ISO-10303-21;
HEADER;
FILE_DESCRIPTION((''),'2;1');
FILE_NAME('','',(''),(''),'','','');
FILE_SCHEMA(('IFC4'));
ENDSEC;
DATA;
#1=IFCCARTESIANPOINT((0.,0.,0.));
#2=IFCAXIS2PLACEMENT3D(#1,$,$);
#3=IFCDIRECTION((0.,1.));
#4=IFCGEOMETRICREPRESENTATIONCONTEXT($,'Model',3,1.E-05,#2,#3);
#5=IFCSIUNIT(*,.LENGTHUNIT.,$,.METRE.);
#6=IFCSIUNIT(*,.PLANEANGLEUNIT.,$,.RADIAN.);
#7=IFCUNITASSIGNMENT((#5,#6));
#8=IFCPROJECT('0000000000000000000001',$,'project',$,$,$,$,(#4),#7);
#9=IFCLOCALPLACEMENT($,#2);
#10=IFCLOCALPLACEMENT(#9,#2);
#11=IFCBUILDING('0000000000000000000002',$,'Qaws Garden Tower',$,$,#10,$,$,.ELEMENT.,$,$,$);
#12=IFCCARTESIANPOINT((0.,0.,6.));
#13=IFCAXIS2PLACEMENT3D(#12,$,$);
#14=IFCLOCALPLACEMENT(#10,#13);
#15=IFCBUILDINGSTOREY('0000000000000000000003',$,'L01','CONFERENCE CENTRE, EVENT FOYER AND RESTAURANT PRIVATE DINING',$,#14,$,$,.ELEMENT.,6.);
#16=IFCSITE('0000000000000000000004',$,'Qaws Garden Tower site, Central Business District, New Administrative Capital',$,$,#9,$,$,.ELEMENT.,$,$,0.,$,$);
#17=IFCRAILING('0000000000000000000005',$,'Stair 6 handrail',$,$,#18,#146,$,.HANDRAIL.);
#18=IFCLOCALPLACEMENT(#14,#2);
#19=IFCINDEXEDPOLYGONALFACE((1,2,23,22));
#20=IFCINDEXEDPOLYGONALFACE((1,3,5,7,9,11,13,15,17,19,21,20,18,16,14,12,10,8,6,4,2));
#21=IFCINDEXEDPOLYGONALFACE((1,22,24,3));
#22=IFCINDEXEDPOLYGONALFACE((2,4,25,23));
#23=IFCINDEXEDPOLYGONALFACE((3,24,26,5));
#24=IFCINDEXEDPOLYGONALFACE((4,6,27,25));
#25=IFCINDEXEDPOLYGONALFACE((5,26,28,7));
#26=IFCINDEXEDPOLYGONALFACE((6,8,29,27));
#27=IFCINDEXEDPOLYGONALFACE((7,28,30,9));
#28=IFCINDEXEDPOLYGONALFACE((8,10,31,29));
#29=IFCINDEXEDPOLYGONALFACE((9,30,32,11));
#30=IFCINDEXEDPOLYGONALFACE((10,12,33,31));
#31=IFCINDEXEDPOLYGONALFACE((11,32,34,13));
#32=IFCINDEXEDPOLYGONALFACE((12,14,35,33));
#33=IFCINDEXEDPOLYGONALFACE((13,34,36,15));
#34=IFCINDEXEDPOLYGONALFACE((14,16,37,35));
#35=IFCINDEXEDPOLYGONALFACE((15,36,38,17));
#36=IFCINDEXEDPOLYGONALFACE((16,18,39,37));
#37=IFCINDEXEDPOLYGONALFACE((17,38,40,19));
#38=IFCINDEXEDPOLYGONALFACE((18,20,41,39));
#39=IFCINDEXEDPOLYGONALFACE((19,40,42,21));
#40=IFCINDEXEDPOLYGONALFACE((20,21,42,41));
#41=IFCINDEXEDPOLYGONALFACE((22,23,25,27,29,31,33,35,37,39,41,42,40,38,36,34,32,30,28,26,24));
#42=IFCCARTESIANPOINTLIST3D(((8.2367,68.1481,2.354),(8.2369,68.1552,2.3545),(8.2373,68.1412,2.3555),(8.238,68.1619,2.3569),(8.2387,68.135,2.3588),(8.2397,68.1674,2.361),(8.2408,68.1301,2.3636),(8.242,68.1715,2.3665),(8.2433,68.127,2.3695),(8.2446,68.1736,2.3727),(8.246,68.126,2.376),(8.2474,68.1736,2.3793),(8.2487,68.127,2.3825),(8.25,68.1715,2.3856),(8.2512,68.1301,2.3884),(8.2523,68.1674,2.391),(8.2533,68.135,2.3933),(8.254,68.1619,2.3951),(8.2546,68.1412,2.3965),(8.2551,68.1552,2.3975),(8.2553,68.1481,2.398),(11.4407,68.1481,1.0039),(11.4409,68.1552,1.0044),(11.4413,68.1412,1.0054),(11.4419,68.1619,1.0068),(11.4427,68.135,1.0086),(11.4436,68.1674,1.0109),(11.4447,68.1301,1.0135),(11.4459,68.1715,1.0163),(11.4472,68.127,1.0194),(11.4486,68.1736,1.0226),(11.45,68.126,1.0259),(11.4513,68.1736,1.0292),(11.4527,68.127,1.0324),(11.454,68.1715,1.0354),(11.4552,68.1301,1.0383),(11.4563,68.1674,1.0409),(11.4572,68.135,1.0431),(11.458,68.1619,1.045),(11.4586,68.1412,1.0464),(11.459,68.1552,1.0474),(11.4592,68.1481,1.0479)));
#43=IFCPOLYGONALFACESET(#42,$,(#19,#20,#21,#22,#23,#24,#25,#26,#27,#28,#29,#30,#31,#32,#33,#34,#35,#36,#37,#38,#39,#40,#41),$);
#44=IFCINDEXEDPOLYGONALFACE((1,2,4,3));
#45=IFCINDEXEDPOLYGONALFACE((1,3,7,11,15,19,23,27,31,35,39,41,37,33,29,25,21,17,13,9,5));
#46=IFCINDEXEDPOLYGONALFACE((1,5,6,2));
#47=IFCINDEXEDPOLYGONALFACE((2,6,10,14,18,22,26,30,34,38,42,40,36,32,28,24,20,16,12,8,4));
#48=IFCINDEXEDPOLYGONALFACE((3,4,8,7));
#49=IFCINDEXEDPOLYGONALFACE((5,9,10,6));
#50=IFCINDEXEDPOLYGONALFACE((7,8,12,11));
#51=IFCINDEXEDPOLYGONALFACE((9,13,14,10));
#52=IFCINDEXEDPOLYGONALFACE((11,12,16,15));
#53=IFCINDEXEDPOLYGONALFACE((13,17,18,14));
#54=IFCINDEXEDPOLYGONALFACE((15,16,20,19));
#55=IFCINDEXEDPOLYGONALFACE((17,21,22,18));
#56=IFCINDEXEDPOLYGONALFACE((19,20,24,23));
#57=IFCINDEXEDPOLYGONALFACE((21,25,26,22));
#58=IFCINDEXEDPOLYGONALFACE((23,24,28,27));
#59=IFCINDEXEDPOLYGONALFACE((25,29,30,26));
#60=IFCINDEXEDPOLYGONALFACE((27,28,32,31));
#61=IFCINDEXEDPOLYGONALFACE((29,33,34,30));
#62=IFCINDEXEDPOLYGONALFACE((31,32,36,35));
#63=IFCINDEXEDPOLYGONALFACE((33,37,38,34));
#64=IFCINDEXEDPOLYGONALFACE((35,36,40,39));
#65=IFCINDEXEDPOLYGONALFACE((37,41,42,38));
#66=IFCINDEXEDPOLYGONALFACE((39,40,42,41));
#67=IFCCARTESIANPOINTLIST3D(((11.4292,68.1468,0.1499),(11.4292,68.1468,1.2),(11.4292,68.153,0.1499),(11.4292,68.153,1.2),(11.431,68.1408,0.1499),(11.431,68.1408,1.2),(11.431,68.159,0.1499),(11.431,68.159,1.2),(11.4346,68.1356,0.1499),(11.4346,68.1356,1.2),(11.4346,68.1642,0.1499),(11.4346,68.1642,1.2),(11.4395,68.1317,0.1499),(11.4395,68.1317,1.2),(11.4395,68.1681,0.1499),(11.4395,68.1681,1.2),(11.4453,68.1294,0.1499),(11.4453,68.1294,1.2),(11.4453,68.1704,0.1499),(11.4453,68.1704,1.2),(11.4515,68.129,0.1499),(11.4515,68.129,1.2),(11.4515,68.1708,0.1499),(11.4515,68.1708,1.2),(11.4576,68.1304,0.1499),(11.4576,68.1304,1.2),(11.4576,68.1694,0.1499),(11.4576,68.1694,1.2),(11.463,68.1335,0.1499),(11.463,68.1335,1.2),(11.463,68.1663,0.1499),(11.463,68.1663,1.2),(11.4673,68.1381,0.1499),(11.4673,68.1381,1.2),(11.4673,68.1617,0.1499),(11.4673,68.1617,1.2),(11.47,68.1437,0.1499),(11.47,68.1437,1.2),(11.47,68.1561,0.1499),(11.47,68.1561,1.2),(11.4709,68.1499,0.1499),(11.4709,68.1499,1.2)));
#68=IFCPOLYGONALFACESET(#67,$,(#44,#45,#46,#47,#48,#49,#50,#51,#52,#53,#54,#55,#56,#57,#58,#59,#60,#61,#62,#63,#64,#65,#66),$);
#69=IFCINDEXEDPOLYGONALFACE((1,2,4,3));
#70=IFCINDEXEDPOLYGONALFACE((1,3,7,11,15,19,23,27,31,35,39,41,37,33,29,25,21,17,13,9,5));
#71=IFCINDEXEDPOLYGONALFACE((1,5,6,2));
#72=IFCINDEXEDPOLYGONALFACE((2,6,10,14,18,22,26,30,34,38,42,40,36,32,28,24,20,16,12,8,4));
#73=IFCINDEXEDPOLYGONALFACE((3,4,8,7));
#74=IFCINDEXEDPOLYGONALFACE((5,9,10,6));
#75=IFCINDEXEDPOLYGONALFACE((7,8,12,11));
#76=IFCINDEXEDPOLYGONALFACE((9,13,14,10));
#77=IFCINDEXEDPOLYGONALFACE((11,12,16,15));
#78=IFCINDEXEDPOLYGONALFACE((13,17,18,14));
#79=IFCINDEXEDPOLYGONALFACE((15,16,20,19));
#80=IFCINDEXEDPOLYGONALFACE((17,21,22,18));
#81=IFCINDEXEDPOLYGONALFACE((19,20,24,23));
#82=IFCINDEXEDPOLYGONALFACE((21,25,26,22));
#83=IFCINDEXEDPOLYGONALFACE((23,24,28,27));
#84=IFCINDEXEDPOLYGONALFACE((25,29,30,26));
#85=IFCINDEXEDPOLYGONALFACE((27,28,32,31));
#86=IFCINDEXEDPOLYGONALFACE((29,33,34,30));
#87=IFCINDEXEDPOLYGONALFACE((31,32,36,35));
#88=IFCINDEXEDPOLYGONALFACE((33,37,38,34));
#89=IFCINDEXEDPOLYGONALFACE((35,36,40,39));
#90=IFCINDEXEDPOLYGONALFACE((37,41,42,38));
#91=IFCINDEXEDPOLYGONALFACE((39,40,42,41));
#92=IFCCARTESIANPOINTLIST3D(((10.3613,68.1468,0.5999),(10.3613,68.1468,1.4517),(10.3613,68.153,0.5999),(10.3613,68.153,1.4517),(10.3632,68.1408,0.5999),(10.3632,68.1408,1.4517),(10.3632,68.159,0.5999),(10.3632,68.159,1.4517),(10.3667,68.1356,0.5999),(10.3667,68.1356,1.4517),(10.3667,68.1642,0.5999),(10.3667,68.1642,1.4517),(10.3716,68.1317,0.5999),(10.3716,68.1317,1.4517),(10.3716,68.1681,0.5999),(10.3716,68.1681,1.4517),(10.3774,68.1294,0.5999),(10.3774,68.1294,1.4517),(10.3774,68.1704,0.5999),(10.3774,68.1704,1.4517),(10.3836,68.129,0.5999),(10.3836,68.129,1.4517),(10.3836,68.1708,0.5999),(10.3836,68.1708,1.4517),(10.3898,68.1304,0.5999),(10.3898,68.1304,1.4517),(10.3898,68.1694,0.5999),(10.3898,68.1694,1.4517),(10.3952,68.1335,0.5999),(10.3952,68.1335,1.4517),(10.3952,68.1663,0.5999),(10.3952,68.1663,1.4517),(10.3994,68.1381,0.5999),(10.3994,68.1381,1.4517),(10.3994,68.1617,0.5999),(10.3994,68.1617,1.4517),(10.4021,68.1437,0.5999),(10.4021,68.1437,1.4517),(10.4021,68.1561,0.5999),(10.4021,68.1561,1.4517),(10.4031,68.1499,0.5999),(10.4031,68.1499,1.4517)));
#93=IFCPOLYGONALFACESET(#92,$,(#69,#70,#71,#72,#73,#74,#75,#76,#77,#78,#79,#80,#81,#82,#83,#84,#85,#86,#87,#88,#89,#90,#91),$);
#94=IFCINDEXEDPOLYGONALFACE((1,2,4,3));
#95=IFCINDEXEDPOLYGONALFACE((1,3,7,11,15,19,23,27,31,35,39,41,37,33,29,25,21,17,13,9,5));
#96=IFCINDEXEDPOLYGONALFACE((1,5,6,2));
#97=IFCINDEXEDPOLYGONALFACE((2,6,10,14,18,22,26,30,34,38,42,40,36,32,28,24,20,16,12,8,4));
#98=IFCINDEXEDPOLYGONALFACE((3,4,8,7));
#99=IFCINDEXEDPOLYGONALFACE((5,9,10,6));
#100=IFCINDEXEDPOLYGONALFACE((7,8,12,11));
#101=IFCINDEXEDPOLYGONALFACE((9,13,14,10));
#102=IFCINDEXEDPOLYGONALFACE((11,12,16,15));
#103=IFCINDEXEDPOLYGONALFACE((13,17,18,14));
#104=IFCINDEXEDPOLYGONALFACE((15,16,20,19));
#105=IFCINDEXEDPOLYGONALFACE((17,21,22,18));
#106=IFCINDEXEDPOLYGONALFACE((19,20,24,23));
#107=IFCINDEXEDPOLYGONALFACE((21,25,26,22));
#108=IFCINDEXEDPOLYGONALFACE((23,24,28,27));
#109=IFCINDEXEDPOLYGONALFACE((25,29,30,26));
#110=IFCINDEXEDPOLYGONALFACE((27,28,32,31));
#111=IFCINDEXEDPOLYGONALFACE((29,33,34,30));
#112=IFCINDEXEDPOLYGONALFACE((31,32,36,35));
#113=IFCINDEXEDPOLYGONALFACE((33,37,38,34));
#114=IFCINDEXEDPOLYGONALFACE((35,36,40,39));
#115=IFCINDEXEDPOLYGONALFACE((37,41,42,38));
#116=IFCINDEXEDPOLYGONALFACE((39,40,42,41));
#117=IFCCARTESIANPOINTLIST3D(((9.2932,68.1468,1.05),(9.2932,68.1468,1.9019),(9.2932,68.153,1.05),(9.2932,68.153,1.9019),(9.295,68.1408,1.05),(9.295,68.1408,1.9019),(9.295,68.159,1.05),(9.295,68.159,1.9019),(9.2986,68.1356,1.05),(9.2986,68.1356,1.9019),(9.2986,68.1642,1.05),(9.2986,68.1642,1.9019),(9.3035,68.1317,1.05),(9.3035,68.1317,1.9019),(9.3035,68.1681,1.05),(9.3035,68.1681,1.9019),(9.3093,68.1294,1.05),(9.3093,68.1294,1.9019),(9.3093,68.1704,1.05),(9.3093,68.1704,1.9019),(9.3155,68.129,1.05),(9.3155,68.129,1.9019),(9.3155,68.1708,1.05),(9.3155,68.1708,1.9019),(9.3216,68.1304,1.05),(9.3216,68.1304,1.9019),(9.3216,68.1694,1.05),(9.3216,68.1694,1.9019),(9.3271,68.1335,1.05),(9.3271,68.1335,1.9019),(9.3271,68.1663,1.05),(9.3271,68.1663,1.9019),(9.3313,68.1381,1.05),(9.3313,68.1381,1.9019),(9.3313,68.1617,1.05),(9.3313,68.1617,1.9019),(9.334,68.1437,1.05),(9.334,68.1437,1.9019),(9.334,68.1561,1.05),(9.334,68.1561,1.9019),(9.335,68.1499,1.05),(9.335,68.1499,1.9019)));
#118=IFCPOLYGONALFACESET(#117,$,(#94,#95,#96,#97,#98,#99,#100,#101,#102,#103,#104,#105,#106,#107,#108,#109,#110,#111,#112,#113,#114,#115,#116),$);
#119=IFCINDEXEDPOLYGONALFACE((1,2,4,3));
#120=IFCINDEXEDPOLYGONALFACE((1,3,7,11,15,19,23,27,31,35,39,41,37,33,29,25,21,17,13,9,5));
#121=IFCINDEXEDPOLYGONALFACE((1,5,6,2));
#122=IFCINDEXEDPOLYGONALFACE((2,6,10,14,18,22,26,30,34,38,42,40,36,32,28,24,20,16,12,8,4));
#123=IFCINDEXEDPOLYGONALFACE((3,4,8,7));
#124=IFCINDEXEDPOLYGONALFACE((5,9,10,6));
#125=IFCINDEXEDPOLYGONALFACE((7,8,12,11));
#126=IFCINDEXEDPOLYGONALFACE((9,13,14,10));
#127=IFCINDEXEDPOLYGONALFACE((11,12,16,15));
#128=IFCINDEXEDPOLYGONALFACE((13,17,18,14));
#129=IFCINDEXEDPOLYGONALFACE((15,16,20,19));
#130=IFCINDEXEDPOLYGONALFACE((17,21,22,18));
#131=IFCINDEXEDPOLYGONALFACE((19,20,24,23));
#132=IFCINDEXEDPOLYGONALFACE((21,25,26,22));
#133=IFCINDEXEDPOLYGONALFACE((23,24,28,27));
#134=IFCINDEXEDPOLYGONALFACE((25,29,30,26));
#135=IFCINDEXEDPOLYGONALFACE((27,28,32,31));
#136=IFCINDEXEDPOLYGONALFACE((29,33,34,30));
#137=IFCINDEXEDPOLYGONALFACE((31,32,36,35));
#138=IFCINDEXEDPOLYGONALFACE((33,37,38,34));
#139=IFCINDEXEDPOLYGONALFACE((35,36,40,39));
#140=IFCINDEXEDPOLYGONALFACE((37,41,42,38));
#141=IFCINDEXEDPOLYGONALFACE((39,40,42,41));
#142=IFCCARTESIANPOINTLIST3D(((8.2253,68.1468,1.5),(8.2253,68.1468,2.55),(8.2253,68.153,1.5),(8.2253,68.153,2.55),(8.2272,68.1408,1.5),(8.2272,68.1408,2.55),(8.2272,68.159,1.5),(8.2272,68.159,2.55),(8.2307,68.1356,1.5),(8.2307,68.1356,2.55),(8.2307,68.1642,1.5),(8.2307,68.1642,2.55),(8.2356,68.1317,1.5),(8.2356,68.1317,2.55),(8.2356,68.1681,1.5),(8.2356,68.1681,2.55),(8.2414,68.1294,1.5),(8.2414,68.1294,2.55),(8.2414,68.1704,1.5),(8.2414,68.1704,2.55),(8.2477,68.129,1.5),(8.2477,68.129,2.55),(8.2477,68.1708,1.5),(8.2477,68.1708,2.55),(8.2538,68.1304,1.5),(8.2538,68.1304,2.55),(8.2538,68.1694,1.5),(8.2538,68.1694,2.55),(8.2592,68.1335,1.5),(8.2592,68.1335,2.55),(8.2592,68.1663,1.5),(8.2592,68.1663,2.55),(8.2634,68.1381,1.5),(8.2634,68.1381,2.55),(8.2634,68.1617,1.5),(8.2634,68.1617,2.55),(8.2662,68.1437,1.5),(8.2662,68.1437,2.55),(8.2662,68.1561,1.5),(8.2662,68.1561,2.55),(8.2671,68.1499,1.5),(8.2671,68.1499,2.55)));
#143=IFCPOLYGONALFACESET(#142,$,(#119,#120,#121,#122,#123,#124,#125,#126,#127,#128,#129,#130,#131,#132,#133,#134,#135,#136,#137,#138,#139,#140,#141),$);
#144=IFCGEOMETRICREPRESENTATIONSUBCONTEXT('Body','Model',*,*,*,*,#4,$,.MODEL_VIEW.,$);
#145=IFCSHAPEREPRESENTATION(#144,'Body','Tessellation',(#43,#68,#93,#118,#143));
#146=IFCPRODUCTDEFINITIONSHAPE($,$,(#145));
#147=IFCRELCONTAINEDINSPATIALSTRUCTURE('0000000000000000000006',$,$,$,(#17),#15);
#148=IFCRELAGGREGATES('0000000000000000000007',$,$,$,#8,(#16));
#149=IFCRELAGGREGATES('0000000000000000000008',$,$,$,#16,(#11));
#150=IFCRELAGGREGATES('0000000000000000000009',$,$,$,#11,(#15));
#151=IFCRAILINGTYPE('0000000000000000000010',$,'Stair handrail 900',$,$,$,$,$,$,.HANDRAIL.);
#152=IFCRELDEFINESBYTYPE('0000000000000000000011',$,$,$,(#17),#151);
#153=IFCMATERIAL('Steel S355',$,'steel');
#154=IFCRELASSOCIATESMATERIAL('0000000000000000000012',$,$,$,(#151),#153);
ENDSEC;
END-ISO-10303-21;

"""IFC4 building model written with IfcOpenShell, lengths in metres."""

from ifc_helpers import new_model, si_unit, direction, frame, origin, origin_2d, place, context, subcontext, project, spatial, circle, extrude, material, type_object, element, save


model = new_model("IFC4")

# Units and contexts
model_context = context("Model", 3, precision=1e-05, world=origin(), true_north=direction((0.0, 1.0)))
body_context = subcontext(model_context, "Body", "Model", "MODEL_VIEW")
ifc_project = project(units=[si_unit("LENGTHUNIT", "METRE"), si_unit("PLANEANGLEUNIT", "RADIAN")], contexts=[model_context])

# Site, building, storey
site_placement = place(None, origin())
site = spatial("IfcSite", under=ifc_project, at=site_placement, Name="Qaws Garden Tower site, Central Business District, New Administrative Capital", CompositionType="ELEMENT", RefElevation=0.0)
building_placement = place(site_placement, origin())
building = spatial("IfcBuilding", under=site, at=building_placement, Name="Qaws Garden Tower", CompositionType="ELEMENT")
storey_placement = place(building_placement, frame((0.0, 0.0, 6.0)))
storey = spatial("IfcBuildingStorey", under=building, at=storey_placement, Name="L01", Description="CONFERENCE CENTRE, EVENT FOYER AND RESTAURANT PRIVATE DINING", CompositionType="ELEMENT", Elevation=6.0)

# Railing
ifc_material_1 = material(Name="Steel S355", Category="steel")
railing_type = type_object("IfcRailingType", Name="Stair handrail 900", PredefinedType="HANDRAIL", material=ifc_material_1)
railing_1_placement = place(storey_placement, frame((11.45, 68.1499, 0.1499)))
element("IfcRailing", 1, at=railing_1_placement, inside=storey, type_object=railing_type, Name="Stair 6 handrail", PredefinedType="HANDRAIL", context=body_context, shape_type="SweptSolid", body=[
    extrude(circle(Radius=0.0239, at=origin_2d()), frame((0.0, 0.0, 0.876), z_axis=(-0.921522, 0.0, 0.388327), x_axis=(0.0, -1.0, 0.0)), (0.0, 0.0, 1.0), 3.4768),
    extrude(circle(Radius=0.021, at=origin_2d()), origin(), (0.0, 0.0, 1.0), 1.05),
    extrude(circle(Radius=0.021, at=origin_2d()), frame((-1.0679, 0.0, 0.45)), (0.0, 0.0, 1.0), 0.8518),
    extrude(circle(Radius=0.021, at=origin_2d()), frame((-2.136, 0.0, 0.9001)), (0.0, 0.0, 1.0), 0.8518),
    extrude(circle(Radius=0.021, at=origin_2d()), frame((-3.2039, 0.0, 1.3501)), (0.0, 0.0, 1.0), 1.05),
])

save(model, "model.ifc")
